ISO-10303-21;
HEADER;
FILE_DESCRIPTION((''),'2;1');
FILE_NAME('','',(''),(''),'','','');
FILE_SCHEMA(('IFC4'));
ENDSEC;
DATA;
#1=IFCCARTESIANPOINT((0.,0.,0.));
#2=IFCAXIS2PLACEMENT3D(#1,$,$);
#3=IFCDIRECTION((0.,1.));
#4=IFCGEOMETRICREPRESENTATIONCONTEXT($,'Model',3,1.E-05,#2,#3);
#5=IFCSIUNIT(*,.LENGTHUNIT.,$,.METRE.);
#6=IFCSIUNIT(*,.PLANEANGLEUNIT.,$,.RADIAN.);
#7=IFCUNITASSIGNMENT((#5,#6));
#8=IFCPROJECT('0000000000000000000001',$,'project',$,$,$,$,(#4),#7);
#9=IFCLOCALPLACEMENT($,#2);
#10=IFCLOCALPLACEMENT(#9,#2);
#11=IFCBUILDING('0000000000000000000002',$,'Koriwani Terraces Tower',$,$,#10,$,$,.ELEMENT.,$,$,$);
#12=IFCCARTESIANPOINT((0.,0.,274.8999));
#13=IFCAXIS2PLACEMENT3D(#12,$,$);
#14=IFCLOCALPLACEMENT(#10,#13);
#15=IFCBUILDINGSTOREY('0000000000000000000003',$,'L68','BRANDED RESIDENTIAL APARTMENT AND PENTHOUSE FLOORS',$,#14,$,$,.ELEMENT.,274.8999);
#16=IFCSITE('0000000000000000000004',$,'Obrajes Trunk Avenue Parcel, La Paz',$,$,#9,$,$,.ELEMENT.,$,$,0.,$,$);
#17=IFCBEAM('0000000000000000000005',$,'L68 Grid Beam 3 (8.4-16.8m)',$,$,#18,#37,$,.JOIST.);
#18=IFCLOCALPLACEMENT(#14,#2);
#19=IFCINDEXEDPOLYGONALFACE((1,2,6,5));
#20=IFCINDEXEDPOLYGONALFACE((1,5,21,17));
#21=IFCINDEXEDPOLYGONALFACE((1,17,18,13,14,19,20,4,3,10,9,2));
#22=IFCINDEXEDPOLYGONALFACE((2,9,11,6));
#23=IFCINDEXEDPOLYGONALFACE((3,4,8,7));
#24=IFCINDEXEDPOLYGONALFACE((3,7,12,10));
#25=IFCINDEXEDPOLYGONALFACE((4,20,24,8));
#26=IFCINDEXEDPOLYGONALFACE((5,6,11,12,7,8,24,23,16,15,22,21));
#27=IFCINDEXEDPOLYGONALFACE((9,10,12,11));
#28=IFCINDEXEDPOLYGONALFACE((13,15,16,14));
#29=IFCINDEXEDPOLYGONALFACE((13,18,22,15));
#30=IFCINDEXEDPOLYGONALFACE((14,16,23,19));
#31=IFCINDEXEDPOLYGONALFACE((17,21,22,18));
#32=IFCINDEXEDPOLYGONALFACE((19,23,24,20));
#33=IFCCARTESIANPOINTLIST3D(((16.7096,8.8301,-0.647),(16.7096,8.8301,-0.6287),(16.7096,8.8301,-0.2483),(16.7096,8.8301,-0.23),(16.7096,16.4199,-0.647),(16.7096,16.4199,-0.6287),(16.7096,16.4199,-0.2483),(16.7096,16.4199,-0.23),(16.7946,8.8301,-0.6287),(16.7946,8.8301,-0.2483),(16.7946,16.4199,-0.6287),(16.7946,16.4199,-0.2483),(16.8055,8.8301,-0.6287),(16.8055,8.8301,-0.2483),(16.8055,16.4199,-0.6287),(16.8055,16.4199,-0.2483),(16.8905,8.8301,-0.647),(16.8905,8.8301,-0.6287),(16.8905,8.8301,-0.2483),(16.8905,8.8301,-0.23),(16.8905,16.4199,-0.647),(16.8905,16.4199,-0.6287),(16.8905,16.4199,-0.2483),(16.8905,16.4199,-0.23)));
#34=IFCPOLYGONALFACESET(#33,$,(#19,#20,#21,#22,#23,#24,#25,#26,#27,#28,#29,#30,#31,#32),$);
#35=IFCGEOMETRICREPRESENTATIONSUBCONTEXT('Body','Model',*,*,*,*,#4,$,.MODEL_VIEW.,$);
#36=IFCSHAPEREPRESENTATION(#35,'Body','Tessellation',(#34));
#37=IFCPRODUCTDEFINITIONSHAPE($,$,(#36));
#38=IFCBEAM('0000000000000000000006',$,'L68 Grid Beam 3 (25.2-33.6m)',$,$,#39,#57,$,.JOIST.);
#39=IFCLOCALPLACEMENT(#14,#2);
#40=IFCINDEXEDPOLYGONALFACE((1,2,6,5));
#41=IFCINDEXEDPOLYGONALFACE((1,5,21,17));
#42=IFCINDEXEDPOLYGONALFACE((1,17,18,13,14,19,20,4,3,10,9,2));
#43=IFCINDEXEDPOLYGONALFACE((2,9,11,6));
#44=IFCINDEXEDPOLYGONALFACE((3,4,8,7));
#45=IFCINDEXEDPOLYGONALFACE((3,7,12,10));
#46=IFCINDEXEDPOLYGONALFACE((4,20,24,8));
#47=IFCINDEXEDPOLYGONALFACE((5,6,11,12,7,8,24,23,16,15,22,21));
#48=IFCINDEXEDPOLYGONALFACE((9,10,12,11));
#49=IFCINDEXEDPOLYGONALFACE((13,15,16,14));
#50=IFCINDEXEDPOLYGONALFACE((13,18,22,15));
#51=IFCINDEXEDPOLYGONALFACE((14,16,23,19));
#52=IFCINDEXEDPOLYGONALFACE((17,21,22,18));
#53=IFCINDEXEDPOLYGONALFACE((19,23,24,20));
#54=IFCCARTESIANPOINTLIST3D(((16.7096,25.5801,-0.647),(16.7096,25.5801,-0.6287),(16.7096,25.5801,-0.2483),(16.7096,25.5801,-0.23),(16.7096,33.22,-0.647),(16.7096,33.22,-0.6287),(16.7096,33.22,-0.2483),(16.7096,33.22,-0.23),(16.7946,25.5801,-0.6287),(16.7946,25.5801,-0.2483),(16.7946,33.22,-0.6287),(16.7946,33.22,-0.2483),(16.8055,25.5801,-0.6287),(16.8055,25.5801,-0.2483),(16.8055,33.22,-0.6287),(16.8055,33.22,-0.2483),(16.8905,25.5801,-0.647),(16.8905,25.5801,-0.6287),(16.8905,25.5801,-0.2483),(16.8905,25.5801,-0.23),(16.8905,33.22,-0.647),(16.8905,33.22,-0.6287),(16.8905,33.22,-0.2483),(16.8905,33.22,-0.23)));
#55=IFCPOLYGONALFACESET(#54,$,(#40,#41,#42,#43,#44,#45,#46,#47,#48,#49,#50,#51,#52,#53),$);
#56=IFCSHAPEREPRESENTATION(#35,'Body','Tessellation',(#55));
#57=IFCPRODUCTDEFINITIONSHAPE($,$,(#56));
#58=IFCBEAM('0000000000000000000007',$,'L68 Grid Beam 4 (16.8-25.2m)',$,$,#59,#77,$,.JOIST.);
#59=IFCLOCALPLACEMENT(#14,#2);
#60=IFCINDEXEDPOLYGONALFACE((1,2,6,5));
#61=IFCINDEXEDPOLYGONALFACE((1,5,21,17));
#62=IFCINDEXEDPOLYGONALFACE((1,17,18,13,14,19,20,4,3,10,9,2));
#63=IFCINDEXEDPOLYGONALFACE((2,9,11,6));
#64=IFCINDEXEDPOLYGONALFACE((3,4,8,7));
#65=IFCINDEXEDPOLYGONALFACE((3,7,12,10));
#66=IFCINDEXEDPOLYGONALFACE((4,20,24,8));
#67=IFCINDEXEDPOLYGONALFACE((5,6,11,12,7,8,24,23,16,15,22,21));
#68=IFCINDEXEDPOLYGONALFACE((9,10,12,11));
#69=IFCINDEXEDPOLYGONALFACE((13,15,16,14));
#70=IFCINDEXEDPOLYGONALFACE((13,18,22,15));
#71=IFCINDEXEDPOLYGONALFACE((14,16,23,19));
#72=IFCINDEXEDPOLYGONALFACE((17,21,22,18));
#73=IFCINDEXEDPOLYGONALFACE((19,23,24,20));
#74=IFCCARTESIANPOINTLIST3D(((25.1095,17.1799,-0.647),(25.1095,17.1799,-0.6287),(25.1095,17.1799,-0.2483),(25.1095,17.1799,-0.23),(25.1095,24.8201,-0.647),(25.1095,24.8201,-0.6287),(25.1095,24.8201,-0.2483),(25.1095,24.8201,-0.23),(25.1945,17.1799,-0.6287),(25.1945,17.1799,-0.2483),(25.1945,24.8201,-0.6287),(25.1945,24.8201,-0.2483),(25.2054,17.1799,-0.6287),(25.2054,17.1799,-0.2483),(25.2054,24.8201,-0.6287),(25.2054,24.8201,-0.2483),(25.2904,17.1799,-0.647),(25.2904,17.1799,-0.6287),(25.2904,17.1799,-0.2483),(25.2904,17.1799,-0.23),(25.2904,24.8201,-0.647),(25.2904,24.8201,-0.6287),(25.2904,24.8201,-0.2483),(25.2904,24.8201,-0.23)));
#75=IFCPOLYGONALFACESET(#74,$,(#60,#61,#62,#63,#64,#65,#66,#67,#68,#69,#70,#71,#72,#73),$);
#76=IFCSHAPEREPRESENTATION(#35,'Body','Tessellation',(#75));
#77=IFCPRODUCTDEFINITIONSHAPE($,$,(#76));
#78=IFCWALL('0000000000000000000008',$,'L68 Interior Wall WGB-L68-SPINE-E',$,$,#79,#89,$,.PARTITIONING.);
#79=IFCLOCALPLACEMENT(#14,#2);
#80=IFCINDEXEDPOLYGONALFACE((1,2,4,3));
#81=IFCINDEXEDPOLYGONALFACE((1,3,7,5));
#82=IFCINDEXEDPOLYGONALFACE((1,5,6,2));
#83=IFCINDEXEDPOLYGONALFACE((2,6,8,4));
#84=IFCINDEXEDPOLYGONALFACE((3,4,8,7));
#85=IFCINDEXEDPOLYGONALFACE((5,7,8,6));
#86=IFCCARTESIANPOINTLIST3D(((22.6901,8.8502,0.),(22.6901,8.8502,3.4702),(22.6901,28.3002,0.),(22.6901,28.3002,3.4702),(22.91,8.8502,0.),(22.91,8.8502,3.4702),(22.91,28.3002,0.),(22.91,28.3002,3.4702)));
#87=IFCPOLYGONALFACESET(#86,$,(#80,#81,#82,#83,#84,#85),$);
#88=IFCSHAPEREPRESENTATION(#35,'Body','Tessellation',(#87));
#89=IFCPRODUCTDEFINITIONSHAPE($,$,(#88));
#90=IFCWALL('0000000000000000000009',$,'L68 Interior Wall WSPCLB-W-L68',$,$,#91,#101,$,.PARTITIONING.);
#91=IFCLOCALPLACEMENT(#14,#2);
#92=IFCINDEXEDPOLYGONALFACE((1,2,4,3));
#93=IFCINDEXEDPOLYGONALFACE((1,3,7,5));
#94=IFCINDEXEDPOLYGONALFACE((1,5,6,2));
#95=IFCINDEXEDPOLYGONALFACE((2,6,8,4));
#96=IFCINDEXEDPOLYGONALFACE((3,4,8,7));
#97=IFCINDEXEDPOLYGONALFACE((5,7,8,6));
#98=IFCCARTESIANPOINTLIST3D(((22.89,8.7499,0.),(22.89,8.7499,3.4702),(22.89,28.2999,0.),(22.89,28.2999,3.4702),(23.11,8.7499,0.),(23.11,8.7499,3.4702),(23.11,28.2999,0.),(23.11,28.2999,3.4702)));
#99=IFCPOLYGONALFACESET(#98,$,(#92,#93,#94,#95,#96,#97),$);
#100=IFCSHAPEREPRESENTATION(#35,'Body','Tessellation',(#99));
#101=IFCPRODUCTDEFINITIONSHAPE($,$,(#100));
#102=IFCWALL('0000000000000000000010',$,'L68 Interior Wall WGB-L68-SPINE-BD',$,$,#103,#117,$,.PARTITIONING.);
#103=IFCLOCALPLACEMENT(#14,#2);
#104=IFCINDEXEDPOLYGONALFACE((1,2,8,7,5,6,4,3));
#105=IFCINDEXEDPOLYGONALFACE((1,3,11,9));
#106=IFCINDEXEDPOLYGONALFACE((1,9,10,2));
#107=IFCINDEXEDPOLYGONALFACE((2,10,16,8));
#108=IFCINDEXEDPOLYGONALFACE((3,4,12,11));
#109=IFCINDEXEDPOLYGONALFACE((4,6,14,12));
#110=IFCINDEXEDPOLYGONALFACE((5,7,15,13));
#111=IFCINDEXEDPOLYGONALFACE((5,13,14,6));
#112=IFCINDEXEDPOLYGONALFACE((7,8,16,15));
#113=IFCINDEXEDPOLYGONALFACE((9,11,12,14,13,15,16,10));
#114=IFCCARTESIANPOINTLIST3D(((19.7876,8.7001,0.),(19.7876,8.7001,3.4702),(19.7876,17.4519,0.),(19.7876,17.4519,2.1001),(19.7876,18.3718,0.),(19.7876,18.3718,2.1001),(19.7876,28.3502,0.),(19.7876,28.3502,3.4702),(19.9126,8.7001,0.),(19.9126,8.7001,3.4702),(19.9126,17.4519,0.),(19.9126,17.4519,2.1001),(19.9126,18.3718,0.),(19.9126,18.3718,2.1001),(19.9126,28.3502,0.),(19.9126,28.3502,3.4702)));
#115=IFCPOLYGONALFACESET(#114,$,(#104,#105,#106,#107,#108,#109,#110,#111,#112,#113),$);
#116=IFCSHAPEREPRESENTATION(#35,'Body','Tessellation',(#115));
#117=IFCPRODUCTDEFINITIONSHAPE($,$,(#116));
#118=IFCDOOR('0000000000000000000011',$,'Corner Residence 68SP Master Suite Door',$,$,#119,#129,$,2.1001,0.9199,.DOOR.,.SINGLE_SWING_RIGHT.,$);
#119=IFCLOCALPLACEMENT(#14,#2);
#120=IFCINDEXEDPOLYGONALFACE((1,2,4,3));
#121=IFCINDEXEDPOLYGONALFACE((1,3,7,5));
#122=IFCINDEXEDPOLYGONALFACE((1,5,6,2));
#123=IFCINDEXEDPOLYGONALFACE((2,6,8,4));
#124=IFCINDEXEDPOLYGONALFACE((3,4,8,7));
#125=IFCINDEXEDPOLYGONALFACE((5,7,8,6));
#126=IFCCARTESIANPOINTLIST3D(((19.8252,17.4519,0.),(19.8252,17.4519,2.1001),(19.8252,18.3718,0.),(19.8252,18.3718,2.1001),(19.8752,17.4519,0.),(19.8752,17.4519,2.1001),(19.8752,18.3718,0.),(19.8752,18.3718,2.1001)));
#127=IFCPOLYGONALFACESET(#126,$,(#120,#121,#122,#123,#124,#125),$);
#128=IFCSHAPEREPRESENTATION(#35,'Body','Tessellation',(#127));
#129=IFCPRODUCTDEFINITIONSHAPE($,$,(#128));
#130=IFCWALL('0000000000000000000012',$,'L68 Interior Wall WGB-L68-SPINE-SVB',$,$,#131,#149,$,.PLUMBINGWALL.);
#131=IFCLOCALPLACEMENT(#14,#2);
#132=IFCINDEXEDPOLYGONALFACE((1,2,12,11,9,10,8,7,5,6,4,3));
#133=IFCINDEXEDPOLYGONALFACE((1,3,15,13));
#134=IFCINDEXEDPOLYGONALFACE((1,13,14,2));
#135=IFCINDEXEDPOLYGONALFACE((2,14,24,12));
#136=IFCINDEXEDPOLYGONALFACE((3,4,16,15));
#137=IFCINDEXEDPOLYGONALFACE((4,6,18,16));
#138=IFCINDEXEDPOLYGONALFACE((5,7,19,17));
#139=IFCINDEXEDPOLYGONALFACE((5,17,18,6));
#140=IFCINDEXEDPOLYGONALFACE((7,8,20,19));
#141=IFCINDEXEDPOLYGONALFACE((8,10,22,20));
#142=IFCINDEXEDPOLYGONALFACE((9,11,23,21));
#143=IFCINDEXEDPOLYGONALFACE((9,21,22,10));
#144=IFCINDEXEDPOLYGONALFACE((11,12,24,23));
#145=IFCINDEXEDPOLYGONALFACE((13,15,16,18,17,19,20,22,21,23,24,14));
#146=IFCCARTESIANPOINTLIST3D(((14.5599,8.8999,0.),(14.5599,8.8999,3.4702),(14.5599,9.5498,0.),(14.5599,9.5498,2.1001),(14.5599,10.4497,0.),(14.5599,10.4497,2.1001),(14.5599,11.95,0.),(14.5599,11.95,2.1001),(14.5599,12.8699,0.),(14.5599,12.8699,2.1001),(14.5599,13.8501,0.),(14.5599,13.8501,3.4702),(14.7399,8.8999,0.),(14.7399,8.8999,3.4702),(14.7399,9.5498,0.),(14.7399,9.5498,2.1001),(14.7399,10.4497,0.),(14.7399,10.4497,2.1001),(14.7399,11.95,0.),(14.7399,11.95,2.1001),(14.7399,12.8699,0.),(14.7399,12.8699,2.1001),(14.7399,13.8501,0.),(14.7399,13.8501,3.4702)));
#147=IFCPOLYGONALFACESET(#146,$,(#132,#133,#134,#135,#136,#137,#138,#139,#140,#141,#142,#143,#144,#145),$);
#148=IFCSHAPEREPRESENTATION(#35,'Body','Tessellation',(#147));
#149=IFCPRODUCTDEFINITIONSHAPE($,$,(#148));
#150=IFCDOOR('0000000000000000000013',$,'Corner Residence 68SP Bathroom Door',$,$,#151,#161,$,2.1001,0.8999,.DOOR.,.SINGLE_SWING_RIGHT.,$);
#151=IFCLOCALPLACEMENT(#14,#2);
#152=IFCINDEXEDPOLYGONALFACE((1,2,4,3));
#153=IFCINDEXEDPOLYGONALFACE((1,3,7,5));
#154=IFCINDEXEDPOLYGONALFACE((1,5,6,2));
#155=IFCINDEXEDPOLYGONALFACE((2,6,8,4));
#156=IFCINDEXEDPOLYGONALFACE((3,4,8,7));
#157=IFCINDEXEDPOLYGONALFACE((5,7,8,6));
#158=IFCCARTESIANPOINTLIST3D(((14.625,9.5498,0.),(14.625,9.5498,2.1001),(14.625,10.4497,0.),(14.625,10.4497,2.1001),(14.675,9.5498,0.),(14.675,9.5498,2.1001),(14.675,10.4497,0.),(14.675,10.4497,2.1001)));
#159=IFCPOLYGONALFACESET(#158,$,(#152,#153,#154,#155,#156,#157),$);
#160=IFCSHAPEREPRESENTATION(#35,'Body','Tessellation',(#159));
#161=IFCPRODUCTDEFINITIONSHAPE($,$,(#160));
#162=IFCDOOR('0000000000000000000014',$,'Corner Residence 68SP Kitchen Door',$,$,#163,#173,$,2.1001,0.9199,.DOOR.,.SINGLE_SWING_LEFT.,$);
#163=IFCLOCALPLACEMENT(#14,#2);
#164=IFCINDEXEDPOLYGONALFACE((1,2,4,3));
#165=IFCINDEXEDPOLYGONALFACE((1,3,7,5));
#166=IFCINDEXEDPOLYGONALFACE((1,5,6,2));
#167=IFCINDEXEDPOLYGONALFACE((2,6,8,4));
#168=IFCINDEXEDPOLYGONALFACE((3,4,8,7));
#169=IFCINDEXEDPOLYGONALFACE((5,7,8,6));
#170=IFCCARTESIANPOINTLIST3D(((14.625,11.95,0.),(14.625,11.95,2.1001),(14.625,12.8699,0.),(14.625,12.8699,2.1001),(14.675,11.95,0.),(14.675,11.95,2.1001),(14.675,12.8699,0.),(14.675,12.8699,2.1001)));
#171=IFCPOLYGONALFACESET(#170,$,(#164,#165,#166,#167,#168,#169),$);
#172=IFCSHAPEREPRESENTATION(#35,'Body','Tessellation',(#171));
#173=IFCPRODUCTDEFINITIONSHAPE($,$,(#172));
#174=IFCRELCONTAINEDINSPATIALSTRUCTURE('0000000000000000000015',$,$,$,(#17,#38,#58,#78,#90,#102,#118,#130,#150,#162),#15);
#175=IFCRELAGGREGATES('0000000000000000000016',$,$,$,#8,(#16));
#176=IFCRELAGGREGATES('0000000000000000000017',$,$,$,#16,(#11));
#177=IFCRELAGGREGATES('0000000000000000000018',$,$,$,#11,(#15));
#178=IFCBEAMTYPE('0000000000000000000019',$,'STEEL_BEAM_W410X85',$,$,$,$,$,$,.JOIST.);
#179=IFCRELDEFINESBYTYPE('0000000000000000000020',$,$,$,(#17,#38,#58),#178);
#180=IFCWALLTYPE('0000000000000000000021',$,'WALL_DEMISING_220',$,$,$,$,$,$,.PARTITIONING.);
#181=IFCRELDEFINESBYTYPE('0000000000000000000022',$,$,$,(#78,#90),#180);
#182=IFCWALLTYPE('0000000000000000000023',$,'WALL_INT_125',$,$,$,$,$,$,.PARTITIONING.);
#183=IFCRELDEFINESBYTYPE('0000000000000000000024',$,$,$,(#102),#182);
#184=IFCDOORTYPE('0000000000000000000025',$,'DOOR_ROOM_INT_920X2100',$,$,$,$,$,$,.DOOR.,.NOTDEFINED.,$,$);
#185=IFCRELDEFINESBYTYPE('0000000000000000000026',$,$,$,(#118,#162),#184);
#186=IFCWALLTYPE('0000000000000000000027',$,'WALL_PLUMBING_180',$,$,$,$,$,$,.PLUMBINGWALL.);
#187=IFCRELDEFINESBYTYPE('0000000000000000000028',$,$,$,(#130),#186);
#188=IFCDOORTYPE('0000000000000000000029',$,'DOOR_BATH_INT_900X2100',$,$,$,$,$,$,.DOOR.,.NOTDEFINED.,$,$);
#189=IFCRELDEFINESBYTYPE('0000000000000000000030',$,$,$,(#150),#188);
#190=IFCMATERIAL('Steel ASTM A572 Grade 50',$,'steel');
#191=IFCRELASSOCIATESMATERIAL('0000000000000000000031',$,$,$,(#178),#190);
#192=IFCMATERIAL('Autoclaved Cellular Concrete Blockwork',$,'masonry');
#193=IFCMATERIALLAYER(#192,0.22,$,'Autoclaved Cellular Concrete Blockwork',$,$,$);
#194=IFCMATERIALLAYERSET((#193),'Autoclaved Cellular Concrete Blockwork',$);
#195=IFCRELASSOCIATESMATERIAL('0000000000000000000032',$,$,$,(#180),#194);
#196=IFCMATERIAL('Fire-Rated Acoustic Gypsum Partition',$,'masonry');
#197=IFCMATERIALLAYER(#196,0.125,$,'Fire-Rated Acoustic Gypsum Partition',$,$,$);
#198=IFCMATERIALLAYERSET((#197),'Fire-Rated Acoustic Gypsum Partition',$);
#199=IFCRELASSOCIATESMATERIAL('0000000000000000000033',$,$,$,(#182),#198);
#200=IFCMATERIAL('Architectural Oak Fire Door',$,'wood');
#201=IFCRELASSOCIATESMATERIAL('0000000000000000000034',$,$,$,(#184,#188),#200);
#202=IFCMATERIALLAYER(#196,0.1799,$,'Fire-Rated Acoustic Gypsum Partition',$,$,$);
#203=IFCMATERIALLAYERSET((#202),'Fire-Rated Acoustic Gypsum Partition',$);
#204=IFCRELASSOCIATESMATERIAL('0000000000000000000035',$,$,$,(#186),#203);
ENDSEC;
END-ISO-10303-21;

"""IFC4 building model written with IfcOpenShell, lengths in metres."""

from ifc_helpers import new_model, si_unit, direction, frame, frame_2d, origin, origin_2d, place, context, subcontext, project, spatial, rectangle, i_section, extrude, material, layer, layer_set, material_profile, profile_set, type_object, element, fill, save


model = new_model("IFC4")

# Units and contexts
model_context = context("Model", 3, precision=1e-05, world=origin(), true_north=direction((0.0, 1.0)))
body_context = subcontext(model_context, "Body", "Model", "MODEL_VIEW")
ifc_project = project(units=[si_unit("LENGTHUNIT", "METRE"), si_unit("PLANEANGLEUNIT", "RADIAN")], contexts=[model_context])

# Site, building, storey
site_placement = place(None, origin())
site = spatial("IfcSite", under=ifc_project, at=site_placement, Name="Obrajes Trunk Avenue Parcel, La Paz", CompositionType="ELEMENT", RefElevation=0.0)
building_placement = place(site_placement, origin())
building = spatial("IfcBuilding", under=site, at=building_placement, Name="Koriwani Terraces Tower", CompositionType="ELEMENT")
storey_placement = place(building_placement, frame((0.0, 0.0, 274.8999)))
storey = spatial("IfcBuildingStorey", under=building, at=storey_placement, Name="L68", Description="BRANDED RESIDENTIAL APARTMENT AND PENTHOUSE FLOORS", CompositionType="ELEMENT", Elevation=274.8999)

# Beams
ifc_material_1 = material(Name="Steel ASTM A572 Grade 50", Category="steel")
ifc_material_profile_1 = material_profile(ifc_material_1, i_section(OverallWidth=0.1809, OverallDepth=0.417, WebThickness=0.011, FlangeThickness=0.0183, at=origin_2d()), Name="Steel ASTM A572 Grade 50", Category="LoadBearing")
ifc_profile_set_1 = profile_set([ifc_material_profile_1], Name="Steel ASTM A572 Grade 50")
beam_type_1 = type_object("IfcBeamType", Name="STEEL_BEAM_W410X85", PredefinedType="JOIST", material=ifc_profile_set_1)
beam_1_placement = place(storey_placement, frame((16.8, 8.8301, -0.4385), z_axis=(0.0, 1.0, 0.0), x_axis=(-1.0, 0.0, 0.0)))
element("IfcBeam", 1, at=beam_1_placement, inside=storey, type_object=beam_type_1, Name="L68 Grid Beam 3 (8.4-16.8m)", PredefinedType="JOIST", context=body_context, shape_type="SweptSolid", body=[
    extrude(i_section(OverallWidth=0.1809, OverallDepth=0.417, WebThickness=0.011, FlangeThickness=0.0183, at=origin_2d()), origin(), (0.0, 0.0, 1.0), 7.5898),
])
beam_2_placement = place(storey_placement, frame((16.8, 25.5801, -0.4385), z_axis=(0.0, 1.0, 0.0), x_axis=(-1.0, 0.0, 0.0)))
element("IfcBeam", 2, at=beam_2_placement, inside=storey, type_object=beam_type_1, Name="L68 Grid Beam 3 (25.2-33.6m)", PredefinedType="JOIST", context=body_context, shape_type="SweptSolid", body=[
    extrude(i_section(OverallWidth=0.1809, OverallDepth=0.417, WebThickness=0.011, FlangeThickness=0.0183, at=origin_2d()), origin(), (0.0, 0.0, 1.0), 7.6399),
])
beam_3_placement = place(storey_placement, frame((25.2, 17.1799, -0.4385), z_axis=(0.0, 1.0, 0.0), x_axis=(-1.0, 0.0, 0.0)))
element("IfcBeam", 3, at=beam_3_placement, inside=storey, type_object=beam_type_1, Name="L68 Grid Beam 4 (16.8-25.2m)", PredefinedType="JOIST", context=body_context, shape_type="SweptSolid", body=[
    extrude(i_section(OverallWidth=0.1809, OverallDepth=0.417, WebThickness=0.011, FlangeThickness=0.0183, at=origin_2d()), origin(), (0.0, 0.0, 1.0), 7.6401),
])

# Walls
ifc_material_2 = material(Name="Autoclaved Cellular Concrete Blockwork", Category="masonry")
ifc_layer_1 = layer(ifc_material_2, 0.22, Name="Autoclaved Cellular Concrete Blockwork")
ifc_layer_set_1 = layer_set([ifc_layer_1], Name="Autoclaved Cellular Concrete Blockwork")
wall_type_1 = type_object("IfcWallType", Name="WALL_DEMISING_220", PredefinedType="PARTITIONING", material=ifc_layer_set_1)
wall_1_placement = place(storey_placement, frame((22.8, 8.8501, 0.0), z_axis=(0.0, 0.0, 1.0), x_axis=(0.0, 1.0, 0.0)))
element("IfcWall", 4, at=wall_1_placement, inside=storey, type_object=wall_type_1, Name="L68 Interior Wall WGB-L68-SPINE-E", PredefinedType="PARTITIONING", context=body_context, shape_type="SweptSolid", body=[
    extrude(rectangle(XDim=19.45, YDim=0.22, at=frame_2d((9.7251, 0.0))), origin(), (0.0, 0.0, 1.0), 3.4702),
])
wall_2_placement = place(storey_placement, frame((23.0, 8.75, 0.0), z_axis=(0.0, 0.0, 1.0), x_axis=(0.0, 1.0, 0.0)))
element("IfcWall", 5, at=wall_2_placement, inside=storey, type_object=wall_type_1, Name="L68 Interior Wall WSPCLB-W-L68", PredefinedType="PARTITIONING", context=body_context, shape_type="SweptSolid", body=[
    extrude(rectangle(XDim=19.55, YDim=0.22, at=frame_2d((9.7749, 0.0))), origin(), (0.0, 0.0, 1.0), 3.4702),
])

# Wall, opening, door
ifc_material_3 = material(Name="Fire-Rated Acoustic Gypsum Partition", Category="masonry")
ifc_layer_2 = layer(ifc_material_3, 0.125, Name="Fire-Rated Acoustic Gypsum Partition")
ifc_layer_set_2 = layer_set([ifc_layer_2], Name="Fire-Rated Acoustic Gypsum Partition")
wall_type_2 = type_object("IfcWallType", Name="WALL_INT_125", PredefinedType="PARTITIONING", material=ifc_layer_set_2)
wall_3_placement = place(storey_placement, frame((19.8501, 8.7, 0.0), z_axis=(0.0, 0.0, 1.0), x_axis=(0.0, 1.0, 0.0)))
wall_3 = element("IfcWall", 6, at=wall_3_placement, inside=storey, type_object=wall_type_2, Name="L68 Interior Wall WGB-L68-SPINE-BD", PredefinedType="PARTITIONING", context=body_context, shape_type="SweptSolid", body=[
    extrude(rectangle(XDim=19.6501, YDim=0.125, at=frame_2d((9.8252, 0.0))), origin(), (0.0, 0.0, 1.0), 3.4702),
])
opening_1_placement = place(wall_3_placement, frame((8.752, 0.0, 0.0)))
opening_1 = element("IfcOpeningElement", 7, at=opening_1_placement, cuts=wall_3, PredefinedType="OPENING", context=body_context, shape_type="SweptSolid", body=[
    extrude(rectangle(XDim=0.9199, YDim=2.1001, at=frame_2d((0.46, 1.05))), frame((0.0, 0.0725, 0.0), z_axis=(0.0, -1.0, 0.0), x_axis=(1.0, 0.0, 0.0)), (0.0, 0.0, 1.0), 0.145),
])
ifc_material_4 = material(Name="Architectural Oak Fire Door", Category="wood")
door_type_1 = type_object("IfcDoorType", Name="DOOR_ROOM_INT_920X2100", OperationType="NOTDEFINED", PredefinedType="DOOR", material=ifc_material_4)
door_1_placement = place(opening_1_placement, origin())
door_1 = element("IfcDoor", 8, at=door_1_placement, inside=storey, type_object=door_type_1, Name="Corner Residence 68SP Master Suite Door", OperationType="SINGLE_SWING_RIGHT", OverallHeight=2.1001, OverallWidth=0.9199, PredefinedType="DOOR", context=body_context, shape_type="SweptSolid", body=[
    extrude(rectangle(XDim=0.9199, YDim=2.1001, at=frame_2d((0.46, 1.05))), frame((0.0, 0.0249, 0.0), z_axis=(0.0, -1.0, 0.0), x_axis=(1.0, 0.0, 0.0)), (0.0, 0.0, 1.0), 0.05),
])
fill(opening_1, door_1)

# Wall, openings, doors
ifc_layer_3 = layer(ifc_material_3, 0.1799, Name="Fire-Rated Acoustic Gypsum Partition")
ifc_layer_set_3 = layer_set([ifc_layer_3], Name="Fire-Rated Acoustic Gypsum Partition")
wall_type_3 = type_object("IfcWallType", Name="WALL_PLUMBING_180", PredefinedType="PLUMBINGWALL", material=ifc_layer_set_3)
wall_4_placement = place(storey_placement, frame((14.6499, 8.8999, 0.0), z_axis=(0.0, 0.0, 1.0), x_axis=(0.0, 1.0, 0.0)))
wall_4 = element("IfcWall", 9, at=wall_4_placement, inside=storey, type_object=wall_type_3, Name="L68 Interior Wall WGB-L68-SPINE-SVB", PredefinedType="PLUMBINGWALL", context=body_context, shape_type="SweptSolid", body=[
    extrude(rectangle(XDim=4.9502, YDim=0.1799, at=frame_2d((2.4751, 0.0))), origin(), (0.0, 0.0, 1.0), 3.4702),
])
opening_2_placement = place(wall_4_placement, frame((0.6499, 0.0, 0.0)))
opening_2 = element("IfcOpeningElement", 10, at=opening_2_placement, cuts=wall_4, PredefinedType="OPENING", context=body_context, shape_type="SweptSolid", body=[
    extrude(rectangle(XDim=0.8999, YDim=2.1001, at=frame_2d((0.45, 1.05))), frame((0.0, 0.1001, 0.0), z_axis=(0.0, -1.0, 0.0), x_axis=(1.0, 0.0, 0.0)), (0.0, 0.0, 1.0), 0.2),
])
opening_3_placement = place(wall_4_placement, frame((3.05, 0.0, 0.0)))
opening_3 = element("IfcOpeningElement", 11, at=opening_3_placement, cuts=wall_4, PredefinedType="OPENING", context=body_context, shape_type="SweptSolid", body=[
    extrude(rectangle(XDim=0.9199, YDim=2.1001, at=frame_2d((0.46, 1.05))), frame((0.0, 0.1001, 0.0), z_axis=(0.0, -1.0, 0.0), x_axis=(1.0, 0.0, 0.0)), (0.0, 0.0, 1.0), 0.2),
])
door_type_2 = type_object("IfcDoorType", Name="DOOR_BATH_INT_900X2100", OperationType="NOTDEFINED", PredefinedType="DOOR", material=ifc_material_4)
door_2_placement = place(opening_2_placement, origin())
door_2 = element("IfcDoor", 12, at=door_2_placement, inside=storey, type_object=door_type_2, Name="Corner Residence 68SP Bathroom Door", OperationType="SINGLE_SWING_RIGHT", OverallHeight=2.1001, OverallWidth=0.8999, PredefinedType="DOOR", context=body_context, shape_type="SweptSolid", body=[
    extrude(rectangle(XDim=0.8999, YDim=2.1001, at=frame_2d((0.45, 1.05))), frame((0.0, 0.0249, 0.0), z_axis=(0.0, -1.0, 0.0), x_axis=(1.0, 0.0, 0.0)), (0.0, 0.0, 1.0), 0.05),
])
fill(opening_2, door_2)
door_3_placement = place(opening_3_placement, origin())
door_3 = element("IfcDoor", 13, at=door_3_placement, inside=storey, type_object=door_type_1, Name="Corner Residence 68SP Kitchen Door", OperationType="SINGLE_SWING_LEFT", OverallHeight=2.1001, OverallWidth=0.9199, PredefinedType="DOOR", context=body_context, shape_type="SweptSolid", body=[
    extrude(rectangle(XDim=0.9199, YDim=2.1001, at=frame_2d((0.46, 1.05))), frame((0.0, 0.0249, 0.0), z_axis=(0.0, -1.0, 0.0), x_axis=(1.0, 0.0, 0.0)), (0.0, 0.0, 1.0), 0.05),
])
fill(opening_3, door_3)

save(model, "model.ifc")
